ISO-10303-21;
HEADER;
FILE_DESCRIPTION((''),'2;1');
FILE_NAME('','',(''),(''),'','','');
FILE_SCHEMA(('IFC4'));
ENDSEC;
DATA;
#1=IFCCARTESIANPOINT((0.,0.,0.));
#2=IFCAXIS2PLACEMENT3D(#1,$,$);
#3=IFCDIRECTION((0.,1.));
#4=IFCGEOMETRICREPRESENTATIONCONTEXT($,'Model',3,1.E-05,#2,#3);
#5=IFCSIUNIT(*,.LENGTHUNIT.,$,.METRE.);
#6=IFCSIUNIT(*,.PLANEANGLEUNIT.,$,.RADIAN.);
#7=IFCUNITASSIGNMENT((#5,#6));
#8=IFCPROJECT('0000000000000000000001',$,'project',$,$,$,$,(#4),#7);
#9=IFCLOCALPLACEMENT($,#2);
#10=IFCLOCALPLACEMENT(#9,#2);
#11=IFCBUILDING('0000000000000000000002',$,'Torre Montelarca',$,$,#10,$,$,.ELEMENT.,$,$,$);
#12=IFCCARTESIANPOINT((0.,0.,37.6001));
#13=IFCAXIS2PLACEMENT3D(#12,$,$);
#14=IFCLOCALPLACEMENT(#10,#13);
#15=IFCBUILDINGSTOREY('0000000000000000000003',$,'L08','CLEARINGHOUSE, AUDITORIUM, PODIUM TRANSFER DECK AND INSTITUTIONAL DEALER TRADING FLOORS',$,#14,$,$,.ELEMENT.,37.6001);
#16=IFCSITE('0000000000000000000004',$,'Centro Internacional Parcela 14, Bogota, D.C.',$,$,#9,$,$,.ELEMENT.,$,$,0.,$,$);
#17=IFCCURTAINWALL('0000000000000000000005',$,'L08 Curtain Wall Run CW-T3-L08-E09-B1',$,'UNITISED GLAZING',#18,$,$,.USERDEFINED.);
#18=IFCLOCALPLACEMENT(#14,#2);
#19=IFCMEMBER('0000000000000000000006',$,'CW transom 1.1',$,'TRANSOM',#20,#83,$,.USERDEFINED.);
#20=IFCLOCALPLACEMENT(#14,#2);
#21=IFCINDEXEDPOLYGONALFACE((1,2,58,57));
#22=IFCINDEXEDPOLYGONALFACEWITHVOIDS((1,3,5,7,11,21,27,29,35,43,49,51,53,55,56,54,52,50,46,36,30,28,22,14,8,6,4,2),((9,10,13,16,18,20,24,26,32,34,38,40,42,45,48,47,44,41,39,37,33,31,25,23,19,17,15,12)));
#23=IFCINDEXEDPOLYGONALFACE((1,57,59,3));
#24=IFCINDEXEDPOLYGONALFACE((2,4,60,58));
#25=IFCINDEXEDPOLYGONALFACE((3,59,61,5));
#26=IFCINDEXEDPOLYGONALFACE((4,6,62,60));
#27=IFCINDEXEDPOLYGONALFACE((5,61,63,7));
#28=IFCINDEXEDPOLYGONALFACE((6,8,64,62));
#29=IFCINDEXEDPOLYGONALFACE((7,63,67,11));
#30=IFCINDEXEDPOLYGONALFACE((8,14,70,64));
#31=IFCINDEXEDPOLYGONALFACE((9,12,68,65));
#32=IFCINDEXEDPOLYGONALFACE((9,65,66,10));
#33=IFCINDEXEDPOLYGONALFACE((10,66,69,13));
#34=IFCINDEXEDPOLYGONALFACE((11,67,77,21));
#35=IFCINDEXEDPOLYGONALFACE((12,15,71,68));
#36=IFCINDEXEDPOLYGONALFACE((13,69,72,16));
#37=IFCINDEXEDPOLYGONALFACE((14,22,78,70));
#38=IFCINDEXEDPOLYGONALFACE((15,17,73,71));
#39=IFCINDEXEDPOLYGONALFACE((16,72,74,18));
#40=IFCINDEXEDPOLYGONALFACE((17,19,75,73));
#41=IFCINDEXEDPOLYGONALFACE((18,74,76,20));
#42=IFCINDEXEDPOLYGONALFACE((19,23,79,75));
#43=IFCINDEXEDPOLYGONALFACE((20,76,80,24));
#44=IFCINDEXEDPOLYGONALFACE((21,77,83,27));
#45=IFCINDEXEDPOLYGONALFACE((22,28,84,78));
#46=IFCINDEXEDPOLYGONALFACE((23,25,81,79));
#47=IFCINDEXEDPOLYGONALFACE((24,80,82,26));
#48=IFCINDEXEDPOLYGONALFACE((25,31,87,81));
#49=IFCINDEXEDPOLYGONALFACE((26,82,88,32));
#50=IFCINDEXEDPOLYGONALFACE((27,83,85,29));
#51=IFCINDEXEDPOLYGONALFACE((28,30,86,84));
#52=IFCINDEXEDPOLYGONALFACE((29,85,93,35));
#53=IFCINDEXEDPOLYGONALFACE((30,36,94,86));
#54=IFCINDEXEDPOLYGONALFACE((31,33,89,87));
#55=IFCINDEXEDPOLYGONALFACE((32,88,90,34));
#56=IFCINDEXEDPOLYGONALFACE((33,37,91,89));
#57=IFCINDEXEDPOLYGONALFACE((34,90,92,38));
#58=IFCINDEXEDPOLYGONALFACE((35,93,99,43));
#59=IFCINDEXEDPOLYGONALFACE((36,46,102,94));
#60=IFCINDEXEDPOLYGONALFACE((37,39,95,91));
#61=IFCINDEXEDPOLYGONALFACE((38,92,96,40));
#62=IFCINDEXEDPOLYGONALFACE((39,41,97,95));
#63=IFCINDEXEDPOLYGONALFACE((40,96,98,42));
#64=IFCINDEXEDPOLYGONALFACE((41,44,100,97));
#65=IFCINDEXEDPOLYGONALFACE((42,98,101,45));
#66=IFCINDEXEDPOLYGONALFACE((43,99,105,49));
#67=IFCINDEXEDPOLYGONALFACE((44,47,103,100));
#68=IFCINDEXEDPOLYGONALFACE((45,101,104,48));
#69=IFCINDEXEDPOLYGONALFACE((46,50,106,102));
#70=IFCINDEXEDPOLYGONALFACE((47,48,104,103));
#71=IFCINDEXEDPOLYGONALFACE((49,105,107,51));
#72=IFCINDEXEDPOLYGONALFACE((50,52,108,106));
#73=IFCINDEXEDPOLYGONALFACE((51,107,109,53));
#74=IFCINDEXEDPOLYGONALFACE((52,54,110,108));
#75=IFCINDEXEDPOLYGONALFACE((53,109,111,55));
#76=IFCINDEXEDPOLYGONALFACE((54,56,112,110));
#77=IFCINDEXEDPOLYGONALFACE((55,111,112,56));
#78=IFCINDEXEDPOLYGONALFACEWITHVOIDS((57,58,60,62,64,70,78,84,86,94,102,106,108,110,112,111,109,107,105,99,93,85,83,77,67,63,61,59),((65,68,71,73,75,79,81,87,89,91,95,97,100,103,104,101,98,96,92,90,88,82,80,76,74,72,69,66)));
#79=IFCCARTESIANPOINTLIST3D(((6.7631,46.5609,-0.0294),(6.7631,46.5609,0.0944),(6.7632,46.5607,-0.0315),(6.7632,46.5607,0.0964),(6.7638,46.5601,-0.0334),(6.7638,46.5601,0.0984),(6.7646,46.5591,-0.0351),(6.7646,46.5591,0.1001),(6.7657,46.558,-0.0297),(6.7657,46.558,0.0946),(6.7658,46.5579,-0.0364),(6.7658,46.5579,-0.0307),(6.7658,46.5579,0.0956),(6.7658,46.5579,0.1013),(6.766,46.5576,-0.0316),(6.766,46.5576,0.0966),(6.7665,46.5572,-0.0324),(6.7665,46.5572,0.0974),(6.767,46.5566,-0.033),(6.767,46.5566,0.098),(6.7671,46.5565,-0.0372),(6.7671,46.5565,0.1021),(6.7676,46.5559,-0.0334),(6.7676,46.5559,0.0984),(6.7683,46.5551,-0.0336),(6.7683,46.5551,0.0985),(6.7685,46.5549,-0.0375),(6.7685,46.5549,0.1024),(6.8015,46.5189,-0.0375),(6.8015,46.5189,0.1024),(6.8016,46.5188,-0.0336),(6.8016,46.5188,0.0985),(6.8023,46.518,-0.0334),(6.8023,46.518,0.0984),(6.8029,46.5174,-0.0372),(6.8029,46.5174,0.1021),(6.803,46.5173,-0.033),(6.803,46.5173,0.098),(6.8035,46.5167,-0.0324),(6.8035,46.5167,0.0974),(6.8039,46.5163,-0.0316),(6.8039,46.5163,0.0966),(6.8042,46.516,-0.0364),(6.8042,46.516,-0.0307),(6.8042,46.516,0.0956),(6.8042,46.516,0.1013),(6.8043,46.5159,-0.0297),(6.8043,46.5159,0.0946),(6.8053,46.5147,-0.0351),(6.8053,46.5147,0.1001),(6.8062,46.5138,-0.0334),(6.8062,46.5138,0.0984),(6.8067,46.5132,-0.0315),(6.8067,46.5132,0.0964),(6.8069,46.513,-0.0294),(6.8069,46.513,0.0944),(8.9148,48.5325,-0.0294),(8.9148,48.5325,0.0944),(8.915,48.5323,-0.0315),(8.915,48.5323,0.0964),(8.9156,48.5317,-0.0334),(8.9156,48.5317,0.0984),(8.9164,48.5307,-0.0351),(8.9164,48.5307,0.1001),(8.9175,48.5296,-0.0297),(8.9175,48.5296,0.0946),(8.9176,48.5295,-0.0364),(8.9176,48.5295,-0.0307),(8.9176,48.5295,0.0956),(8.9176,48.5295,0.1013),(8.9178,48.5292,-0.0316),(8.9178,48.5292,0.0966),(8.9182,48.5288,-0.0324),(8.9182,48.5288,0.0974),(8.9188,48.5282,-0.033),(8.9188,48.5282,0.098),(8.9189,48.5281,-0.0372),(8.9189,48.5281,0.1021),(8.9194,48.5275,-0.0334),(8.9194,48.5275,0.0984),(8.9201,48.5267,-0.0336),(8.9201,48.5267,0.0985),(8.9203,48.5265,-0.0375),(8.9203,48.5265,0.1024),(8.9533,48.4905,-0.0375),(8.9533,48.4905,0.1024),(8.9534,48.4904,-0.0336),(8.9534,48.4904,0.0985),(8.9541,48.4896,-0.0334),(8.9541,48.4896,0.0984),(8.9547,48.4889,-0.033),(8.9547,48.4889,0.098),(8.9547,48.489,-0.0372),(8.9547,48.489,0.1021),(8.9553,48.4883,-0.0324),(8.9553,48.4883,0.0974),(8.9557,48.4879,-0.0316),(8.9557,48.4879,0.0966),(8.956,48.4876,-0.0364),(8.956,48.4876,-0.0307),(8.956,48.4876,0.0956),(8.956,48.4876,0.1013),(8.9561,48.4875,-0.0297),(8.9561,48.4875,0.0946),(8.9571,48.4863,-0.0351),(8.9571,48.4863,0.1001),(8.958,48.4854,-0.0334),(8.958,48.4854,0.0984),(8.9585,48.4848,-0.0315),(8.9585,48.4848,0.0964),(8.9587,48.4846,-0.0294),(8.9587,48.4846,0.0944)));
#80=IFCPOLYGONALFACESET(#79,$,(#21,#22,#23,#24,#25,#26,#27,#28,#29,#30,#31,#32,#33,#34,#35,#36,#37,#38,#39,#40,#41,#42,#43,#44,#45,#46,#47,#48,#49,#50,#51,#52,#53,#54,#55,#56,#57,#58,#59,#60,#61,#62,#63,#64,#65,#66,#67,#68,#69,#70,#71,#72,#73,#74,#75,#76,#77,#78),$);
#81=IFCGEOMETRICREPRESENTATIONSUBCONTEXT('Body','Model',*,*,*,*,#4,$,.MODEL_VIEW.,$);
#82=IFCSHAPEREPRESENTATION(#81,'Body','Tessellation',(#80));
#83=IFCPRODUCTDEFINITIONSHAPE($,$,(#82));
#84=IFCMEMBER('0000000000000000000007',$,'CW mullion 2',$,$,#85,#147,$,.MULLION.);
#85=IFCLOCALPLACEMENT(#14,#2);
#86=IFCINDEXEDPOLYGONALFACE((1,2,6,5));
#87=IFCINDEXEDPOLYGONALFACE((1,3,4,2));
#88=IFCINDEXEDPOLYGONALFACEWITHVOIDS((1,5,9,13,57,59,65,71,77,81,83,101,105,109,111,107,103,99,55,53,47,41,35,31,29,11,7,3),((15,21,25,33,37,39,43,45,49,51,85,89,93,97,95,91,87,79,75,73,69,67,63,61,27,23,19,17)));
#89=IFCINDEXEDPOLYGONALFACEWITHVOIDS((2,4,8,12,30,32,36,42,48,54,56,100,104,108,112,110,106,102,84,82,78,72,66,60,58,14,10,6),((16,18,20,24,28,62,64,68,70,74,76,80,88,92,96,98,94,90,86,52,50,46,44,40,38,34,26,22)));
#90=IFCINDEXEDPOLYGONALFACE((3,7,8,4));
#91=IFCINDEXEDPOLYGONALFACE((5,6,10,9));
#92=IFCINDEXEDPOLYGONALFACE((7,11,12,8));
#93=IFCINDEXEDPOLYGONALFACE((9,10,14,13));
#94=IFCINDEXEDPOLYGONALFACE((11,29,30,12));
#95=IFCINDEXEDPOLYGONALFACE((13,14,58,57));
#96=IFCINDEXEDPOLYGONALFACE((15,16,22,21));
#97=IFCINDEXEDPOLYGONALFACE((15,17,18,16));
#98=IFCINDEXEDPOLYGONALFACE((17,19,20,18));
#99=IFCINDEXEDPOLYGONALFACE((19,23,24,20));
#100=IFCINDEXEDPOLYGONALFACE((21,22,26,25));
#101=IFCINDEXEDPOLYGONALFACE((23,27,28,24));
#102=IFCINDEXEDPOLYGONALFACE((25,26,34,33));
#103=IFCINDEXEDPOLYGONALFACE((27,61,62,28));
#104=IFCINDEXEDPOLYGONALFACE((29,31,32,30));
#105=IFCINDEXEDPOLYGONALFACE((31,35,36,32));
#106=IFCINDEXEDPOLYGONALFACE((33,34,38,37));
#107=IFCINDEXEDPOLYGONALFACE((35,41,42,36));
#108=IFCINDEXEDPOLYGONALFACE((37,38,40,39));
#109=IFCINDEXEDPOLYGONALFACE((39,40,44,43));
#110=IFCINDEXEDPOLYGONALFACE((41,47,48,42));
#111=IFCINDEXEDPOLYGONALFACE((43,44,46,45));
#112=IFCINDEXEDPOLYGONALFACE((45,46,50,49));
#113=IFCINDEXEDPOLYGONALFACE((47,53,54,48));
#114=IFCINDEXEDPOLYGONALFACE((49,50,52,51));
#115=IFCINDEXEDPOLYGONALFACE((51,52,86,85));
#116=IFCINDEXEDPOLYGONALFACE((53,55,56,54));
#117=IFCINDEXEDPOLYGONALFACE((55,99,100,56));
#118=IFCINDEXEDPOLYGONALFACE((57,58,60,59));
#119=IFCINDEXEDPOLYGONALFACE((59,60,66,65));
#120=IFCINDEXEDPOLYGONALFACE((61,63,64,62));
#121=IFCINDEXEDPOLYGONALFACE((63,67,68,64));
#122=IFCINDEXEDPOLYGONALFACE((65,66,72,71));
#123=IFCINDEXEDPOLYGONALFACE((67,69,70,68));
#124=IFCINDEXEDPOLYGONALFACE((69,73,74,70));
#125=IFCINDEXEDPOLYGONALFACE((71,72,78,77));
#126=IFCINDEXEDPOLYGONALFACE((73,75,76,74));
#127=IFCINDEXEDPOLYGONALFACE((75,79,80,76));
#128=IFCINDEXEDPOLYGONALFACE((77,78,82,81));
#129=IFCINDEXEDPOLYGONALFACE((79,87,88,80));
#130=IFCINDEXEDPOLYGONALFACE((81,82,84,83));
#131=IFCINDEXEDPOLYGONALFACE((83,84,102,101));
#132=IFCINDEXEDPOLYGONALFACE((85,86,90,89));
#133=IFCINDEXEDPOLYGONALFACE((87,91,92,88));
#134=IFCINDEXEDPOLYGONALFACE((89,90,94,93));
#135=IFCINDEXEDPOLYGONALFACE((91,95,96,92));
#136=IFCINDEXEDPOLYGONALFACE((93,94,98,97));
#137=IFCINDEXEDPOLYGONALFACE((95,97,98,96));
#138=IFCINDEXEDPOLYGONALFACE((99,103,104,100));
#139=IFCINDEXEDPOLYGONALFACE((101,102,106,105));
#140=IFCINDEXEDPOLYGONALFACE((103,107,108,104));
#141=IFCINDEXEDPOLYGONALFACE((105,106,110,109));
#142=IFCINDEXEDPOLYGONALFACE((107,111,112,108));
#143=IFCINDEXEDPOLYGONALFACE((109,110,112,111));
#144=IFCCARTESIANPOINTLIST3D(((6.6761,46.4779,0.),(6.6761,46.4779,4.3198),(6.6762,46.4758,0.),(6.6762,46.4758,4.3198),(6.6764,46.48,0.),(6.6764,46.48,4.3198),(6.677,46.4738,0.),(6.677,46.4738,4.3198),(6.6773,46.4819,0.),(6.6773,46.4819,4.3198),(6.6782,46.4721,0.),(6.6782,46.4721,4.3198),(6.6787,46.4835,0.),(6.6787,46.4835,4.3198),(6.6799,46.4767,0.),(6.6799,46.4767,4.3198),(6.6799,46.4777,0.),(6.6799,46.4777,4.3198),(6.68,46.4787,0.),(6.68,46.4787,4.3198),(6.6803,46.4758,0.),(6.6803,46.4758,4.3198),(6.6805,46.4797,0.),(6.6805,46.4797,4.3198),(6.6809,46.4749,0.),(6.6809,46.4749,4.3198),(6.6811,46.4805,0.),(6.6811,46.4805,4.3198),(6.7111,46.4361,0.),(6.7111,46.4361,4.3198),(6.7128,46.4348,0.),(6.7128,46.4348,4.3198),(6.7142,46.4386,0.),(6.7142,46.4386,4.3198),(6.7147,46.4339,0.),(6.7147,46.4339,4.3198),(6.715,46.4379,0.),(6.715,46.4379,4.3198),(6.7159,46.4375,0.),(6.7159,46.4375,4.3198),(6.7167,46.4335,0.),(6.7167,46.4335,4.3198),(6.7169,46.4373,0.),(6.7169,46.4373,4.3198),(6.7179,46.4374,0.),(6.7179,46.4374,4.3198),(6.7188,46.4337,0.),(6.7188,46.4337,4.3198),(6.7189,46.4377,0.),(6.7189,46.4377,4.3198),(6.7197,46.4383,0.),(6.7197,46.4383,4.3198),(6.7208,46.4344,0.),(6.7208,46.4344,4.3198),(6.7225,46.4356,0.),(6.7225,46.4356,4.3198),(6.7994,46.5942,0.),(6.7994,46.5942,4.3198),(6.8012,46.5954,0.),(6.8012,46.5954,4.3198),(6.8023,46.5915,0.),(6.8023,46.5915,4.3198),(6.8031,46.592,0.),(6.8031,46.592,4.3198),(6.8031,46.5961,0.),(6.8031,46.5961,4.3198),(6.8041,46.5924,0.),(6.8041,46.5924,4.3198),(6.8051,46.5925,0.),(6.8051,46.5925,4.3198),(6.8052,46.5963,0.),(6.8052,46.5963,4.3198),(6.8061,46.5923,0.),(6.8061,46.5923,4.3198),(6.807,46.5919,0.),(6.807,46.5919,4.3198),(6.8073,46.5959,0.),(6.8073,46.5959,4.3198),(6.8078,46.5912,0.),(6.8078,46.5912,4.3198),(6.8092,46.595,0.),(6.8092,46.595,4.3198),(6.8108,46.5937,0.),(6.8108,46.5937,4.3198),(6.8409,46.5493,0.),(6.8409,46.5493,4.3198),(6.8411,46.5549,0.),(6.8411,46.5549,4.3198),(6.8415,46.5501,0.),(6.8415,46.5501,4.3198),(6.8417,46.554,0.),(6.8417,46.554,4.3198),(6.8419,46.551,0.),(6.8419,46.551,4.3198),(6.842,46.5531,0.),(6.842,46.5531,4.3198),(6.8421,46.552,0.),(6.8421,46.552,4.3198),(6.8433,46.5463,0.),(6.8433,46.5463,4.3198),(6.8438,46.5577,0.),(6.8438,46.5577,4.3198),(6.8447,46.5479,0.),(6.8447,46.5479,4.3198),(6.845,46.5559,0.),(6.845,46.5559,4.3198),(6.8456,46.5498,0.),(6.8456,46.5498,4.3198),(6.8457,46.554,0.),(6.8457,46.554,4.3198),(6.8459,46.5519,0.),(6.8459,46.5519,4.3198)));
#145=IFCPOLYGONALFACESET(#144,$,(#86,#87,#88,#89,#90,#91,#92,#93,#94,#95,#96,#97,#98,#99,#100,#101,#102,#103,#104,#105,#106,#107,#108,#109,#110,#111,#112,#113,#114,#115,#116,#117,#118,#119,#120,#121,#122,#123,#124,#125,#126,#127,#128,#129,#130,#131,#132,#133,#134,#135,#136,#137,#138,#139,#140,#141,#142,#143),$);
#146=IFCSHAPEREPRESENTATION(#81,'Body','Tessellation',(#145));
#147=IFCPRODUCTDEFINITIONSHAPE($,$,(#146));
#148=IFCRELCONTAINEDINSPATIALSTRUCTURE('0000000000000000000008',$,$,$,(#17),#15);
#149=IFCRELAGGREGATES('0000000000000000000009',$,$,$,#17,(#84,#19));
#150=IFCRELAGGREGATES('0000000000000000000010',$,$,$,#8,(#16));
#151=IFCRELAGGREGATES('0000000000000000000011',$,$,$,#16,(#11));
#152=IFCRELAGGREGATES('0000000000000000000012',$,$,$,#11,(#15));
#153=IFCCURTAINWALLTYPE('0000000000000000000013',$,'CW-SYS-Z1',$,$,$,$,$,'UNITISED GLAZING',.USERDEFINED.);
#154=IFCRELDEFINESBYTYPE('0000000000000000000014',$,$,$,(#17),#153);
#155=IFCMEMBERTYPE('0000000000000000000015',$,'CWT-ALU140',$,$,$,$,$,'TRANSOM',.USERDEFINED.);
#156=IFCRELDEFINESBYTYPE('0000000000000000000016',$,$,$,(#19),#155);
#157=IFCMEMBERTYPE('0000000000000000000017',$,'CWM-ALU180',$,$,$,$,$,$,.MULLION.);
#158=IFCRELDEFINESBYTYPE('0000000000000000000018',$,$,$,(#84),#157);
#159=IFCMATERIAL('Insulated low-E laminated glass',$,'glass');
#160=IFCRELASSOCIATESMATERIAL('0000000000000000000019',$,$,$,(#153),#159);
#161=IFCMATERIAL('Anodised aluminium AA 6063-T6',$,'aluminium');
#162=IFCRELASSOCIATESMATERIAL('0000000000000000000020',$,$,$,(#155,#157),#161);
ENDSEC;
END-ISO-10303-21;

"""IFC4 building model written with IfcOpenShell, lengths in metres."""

from ifc_helpers import new_model, si_unit, direction, frame, origin, origin_2d, place, context, subcontext, project, spatial, hollow_rectangle, extrude, source, transform, mapped, material, material_profile, profile_set, type_object, element, aggregate, save


model = new_model("IFC4")

# Units and contexts
model_context = context("Model", 3, precision=1e-05, world=origin(), true_north=direction((0.0, 1.0)))
body_context = subcontext(model_context, "Body", "Model", "MODEL_VIEW")
ifc_project = project(units=[si_unit("LENGTHUNIT", "METRE"), si_unit("PLANEANGLEUNIT", "RADIAN")], contexts=[model_context])

# Site, building, storey
site_placement = place(None, origin())
site = spatial("IfcSite", under=ifc_project, at=site_placement, Name="Centro Internacional Parcela 14, Bogota, D.C.", CompositionType="ELEMENT", RefElevation=0.0)
building_placement = place(site_placement, origin())
building = spatial("IfcBuilding", under=site, at=building_placement, Name="Torre Montelarca", CompositionType="ELEMENT")
storey_placement = place(building_placement, frame((0.0, 0.0, 37.6001)))
storey = spatial("IfcBuildingStorey", under=building, at=storey_placement, Name="L08", Description="CLEARINGHOUSE, AUDITORIUM, PODIUM TRANSFER DECK AND INSTITUTIONAL DEALER TRADING FLOORS", CompositionType="ELEMENT", Elevation=37.6001)

# Curtain wall, members
ifc_material_1 = material(Name="Insulated low-E laminated glass", Category="glass")
curtain_wall_type = type_object("IfcCurtainWallType", Name="CW-SYS-Z1", ElementType="UNITISED GLAZING", PredefinedType="USERDEFINED", material=ifc_material_1)
curtain_wall_1_placement = place(storey_placement, origin())
curtain_wall_1 = element("IfcCurtainWall", 1, at=curtain_wall_1_placement, inside=storey, type_object=curtain_wall_type, Name="L08 Curtain Wall Run CW-T3-L08-E09-B1", ObjectType="UNITISED GLAZING", PredefinedType="USERDEFINED")
ifc_material_2 = material(Name="Anodised aluminium AA 6063-T6", Category="aluminium")
ifc_material_profile_1 = material_profile(ifc_material_2, hollow_rectangle(XDim=0.0649, YDim=0.1399, WallThickness=0.0039, InnerFilletRadius=0.0039, OuterFilletRadius=0.0081, at=origin_2d()), Name="ALU65X140X4", Category="aluminium")
ifc_profile_set_1 = profile_set([ifc_material_profile_1], Name="Anodised aluminium AA 6063-T6")
member_type_1 = type_object("IfcMemberType", Name="CWT-ALU140", ElementType="TRANSOM", PredefinedType="USERDEFINED", material=ifc_profile_set_1)
shared_shape_1 = source(origin(), body_context, "Body", "SweptSolid", [
    extrude(hollow_rectangle(XDim=0.0649, YDim=0.1399, WallThickness=0.0039, InnerFilletRadius=0.0039, OuterFilletRadius=0.0081, at=origin_2d()), origin(), (0.0, 0.0, 1.0), 2.9185),
])
member_1_placement = place(storey_placement, frame((8.9368, 48.5085, 0.0325), z_axis=(-0.7373, -0.675566, 0.0), x_axis=(0.675566, -0.7373, 0.0)))
member_1 = element("IfcMember", 2, at=member_1_placement, type_object=member_type_1, Name="CW transom 1.1", ObjectType="TRANSOM", PredefinedType="USERDEFINED", context=body_context, shape_type="MappedRepresentation", body=[
    mapped(shared_shape_1, transform((0.0, 0.0, 0.0), scale=1.0)),
])
ifc_material_profile_2 = material_profile(ifc_material_2, hollow_rectangle(XDim=0.0649, YDim=0.1799, WallThickness=0.0039, InnerFilletRadius=0.0039, OuterFilletRadius=0.0081, at=origin_2d()), Name="ALU65X180X4", Category="aluminium")
ifc_profile_set_2 = profile_set([ifc_material_profile_2], Name="Anodised aluminium AA 6063-T6")
member_type_2 = type_object("IfcMemberType", Name="CWM-ALU180", PredefinedType="MULLION", material=ifc_profile_set_2)
shared_shape_2 = source(origin(), body_context, "Body", "SweptSolid", [
    extrude(hollow_rectangle(XDim=0.0649, YDim=0.1799, WallThickness=0.0039, InnerFilletRadius=0.0039, OuterFilletRadius=0.0081, at=origin_2d()), origin(), (0.0, 0.0, 1.0), 4.3198),
])
member_2_placement = place(storey_placement, frame((6.761, 46.5149, 0.0), z_axis=(0.0, 0.0, 1.0), x_axis=(0.675583, -0.737283, 0.0)))
member_2 = element("IfcMember", 3, at=member_2_placement, type_object=member_type_2, Name="CW mullion 2", PredefinedType="MULLION", context=body_context, shape_type="MappedRepresentation", body=[
    mapped(shared_shape_2, transform((0.0, 0.0, 0.0), scale=1.0)),
])

aggregate(curtain_wall_1, [member_2, member_1])

save(model, "model.ifc")
